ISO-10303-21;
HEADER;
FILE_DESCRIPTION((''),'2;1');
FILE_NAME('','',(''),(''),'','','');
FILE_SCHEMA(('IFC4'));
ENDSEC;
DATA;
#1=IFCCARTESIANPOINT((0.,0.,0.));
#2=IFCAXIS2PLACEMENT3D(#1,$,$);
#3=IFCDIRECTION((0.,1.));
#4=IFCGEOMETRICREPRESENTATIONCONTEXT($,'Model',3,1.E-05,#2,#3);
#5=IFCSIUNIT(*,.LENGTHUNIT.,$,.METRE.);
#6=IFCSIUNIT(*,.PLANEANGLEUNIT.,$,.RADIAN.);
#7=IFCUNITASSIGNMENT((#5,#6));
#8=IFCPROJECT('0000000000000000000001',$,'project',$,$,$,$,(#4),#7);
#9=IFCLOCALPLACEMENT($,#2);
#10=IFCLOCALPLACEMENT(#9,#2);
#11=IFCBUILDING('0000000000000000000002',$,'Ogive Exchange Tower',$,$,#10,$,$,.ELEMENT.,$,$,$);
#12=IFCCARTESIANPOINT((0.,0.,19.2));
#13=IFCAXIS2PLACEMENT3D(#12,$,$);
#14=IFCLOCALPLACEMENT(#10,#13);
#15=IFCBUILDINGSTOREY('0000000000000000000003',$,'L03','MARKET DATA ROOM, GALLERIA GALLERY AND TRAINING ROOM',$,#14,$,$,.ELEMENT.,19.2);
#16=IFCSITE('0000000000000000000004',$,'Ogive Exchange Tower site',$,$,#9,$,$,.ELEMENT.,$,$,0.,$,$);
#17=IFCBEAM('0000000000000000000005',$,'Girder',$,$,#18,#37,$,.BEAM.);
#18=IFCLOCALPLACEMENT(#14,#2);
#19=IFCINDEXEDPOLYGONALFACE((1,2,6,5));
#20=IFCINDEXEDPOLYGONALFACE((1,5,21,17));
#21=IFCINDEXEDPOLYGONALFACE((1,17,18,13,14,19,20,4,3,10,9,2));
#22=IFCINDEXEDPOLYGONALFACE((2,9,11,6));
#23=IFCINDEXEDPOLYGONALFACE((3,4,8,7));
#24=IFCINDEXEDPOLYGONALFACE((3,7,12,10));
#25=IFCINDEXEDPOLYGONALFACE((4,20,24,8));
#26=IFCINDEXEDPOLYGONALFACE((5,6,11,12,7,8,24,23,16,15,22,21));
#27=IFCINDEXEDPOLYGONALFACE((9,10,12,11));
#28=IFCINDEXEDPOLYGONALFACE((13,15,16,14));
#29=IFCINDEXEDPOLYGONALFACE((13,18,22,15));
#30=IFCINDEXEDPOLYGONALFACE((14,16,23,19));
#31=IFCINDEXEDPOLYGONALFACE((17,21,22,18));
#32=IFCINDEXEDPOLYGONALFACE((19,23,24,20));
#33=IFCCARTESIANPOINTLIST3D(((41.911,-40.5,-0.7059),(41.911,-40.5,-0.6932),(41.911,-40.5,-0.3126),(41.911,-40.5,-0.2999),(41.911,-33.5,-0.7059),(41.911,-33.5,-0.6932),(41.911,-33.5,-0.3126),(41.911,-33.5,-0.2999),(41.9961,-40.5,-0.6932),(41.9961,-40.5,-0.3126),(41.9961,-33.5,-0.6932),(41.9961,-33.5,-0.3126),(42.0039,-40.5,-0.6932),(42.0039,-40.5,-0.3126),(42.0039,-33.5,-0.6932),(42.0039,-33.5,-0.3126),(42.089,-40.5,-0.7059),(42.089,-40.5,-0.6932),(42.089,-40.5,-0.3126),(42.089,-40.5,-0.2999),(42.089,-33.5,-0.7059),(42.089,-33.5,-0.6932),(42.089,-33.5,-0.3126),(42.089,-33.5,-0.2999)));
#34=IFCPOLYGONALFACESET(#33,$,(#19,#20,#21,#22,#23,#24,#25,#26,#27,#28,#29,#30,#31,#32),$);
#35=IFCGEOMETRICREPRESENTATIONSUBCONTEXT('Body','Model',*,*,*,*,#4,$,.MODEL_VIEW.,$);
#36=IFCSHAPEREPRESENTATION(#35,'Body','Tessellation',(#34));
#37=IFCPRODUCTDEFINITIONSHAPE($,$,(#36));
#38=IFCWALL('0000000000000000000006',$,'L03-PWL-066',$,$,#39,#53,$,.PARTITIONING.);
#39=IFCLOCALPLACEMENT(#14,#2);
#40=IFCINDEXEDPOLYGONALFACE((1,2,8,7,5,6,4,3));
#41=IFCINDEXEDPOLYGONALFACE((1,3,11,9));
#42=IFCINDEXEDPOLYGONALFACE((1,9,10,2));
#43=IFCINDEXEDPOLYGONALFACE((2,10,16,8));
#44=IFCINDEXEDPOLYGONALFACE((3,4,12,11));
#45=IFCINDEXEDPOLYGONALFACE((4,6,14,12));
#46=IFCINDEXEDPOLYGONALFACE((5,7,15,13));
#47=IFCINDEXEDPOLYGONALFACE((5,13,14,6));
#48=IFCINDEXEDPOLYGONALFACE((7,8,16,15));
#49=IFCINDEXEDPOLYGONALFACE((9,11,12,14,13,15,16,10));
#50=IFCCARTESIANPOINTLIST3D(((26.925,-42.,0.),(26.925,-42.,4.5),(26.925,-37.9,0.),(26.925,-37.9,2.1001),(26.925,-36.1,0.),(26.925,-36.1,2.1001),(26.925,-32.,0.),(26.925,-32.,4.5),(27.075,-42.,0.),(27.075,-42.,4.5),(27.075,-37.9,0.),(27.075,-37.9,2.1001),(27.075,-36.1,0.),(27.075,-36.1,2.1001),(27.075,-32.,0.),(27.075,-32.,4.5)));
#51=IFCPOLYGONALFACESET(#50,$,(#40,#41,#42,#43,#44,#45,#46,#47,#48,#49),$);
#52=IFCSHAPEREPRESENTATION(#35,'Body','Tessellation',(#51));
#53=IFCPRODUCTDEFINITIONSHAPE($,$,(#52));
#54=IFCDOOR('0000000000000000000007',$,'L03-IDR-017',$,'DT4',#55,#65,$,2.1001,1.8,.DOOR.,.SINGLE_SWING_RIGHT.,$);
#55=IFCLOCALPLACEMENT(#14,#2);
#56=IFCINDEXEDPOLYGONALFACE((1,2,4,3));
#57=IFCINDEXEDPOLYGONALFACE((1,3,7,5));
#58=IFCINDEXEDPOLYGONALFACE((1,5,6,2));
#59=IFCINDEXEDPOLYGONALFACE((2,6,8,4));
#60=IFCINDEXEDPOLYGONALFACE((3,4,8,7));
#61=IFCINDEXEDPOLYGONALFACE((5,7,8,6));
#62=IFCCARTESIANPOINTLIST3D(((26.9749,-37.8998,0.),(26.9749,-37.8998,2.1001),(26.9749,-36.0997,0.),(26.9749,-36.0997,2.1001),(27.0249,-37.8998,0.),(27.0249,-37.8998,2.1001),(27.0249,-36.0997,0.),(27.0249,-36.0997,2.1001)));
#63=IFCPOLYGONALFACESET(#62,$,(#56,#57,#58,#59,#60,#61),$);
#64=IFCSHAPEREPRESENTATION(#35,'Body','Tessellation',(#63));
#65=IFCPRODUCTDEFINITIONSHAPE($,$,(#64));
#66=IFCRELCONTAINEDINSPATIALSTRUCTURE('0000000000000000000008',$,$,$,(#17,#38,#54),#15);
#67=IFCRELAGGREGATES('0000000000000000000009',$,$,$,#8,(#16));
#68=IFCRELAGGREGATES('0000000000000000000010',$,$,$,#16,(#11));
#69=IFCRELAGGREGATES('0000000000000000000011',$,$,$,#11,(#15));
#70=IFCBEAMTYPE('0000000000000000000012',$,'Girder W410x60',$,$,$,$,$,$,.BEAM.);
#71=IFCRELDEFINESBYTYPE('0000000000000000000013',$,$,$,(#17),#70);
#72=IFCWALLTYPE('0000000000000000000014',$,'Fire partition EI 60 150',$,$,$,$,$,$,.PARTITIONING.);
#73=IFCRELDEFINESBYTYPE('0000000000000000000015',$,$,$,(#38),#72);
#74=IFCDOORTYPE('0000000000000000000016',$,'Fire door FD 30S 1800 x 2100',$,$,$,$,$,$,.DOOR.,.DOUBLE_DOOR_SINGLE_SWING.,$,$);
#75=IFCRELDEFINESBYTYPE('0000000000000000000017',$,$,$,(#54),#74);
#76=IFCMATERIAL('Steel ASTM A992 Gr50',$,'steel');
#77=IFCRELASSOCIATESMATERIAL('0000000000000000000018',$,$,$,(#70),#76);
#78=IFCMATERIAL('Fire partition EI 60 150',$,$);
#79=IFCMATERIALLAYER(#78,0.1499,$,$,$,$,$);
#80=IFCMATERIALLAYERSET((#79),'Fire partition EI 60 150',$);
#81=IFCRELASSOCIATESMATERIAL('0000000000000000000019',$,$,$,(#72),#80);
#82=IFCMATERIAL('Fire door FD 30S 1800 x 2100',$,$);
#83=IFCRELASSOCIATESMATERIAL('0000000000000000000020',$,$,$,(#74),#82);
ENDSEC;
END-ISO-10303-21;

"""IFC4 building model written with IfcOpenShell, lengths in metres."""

from ifc_helpers import new_model, si_unit, direction, frame, frame_2d, origin, origin_2d, place, context, subcontext, project, spatial, rectangle, i_section, extrude, material, layer, layer_set, material_profile, profile_set, type_object, element, fill, save


model = new_model("IFC4")

# Units and contexts
model_context = context("Model", 3, precision=1e-05, world=origin(), true_north=direction((0.0, 1.0)))
body_context = subcontext(model_context, "Body", "Model", "MODEL_VIEW")
ifc_project = project(units=[si_unit("LENGTHUNIT", "METRE"), si_unit("PLANEANGLEUNIT", "RADIAN")], contexts=[model_context])

# Site, building, storey
site_placement = place(None, origin())
site = spatial("IfcSite", under=ifc_project, at=site_placement, Name="Ogive Exchange Tower site", CompositionType="ELEMENT", RefElevation=0.0)
building_placement = place(site_placement, origin())
building = spatial("IfcBuilding", under=site, at=building_placement, Name="Ogive Exchange Tower", CompositionType="ELEMENT")
storey_placement = place(building_placement, frame((0.0, 0.0, 19.2)))
storey = spatial("IfcBuildingStorey", under=building, at=storey_placement, Name="L03", Description="MARKET DATA ROOM, GALLERIA GALLERY AND TRAINING ROOM", CompositionType="ELEMENT", Elevation=19.2)

# Beam
ifc_material_1 = material(Name="Steel ASTM A992 Gr50", Category="steel")
ifc_material_profile_1 = material_profile(ifc_material_1, i_section(OverallWidth=0.178, OverallDepth=0.406, WebThickness=0.0078, FlangeThickness=0.0127, at=origin_2d()), Name="W410x60")
ifc_profile_set_1 = profile_set([ifc_material_profile_1], Name="Steel ASTM A992 Gr50")
beam_type_1 = type_object("IfcBeamType", Name="Girder W410x60", PredefinedType="BEAM", material=ifc_profile_set_1)
for number, where, z_axis, x_axis, name in (
    (1, (42.0, -40.5, -0.5029), (0.0, 1.0, 0.0), (-1.0, 0.0, 0.0), "Girder"),
):
    element("IfcBeam", number, at=place(storey_placement, frame(where, z_axis=z_axis, x_axis=x_axis)), inside=storey, type_object=beam_type_1, Name=name, PredefinedType="BEAM", context=body_context, shape_type="SweptSolid", body=[
        extrude(i_section(OverallWidth=0.178, OverallDepth=0.406, WebThickness=0.0078, FlangeThickness=0.0127, at=origin_2d()), origin(), (0.0, 0.0, 1.0), 7.0),
    ])

# Wall, opening, door
ifc_material_2 = material(Name="Fire partition EI 60 150")
ifc_layer_1 = layer(ifc_material_2, 0.1499)
ifc_layer_set_1 = layer_set([ifc_layer_1], Name="Fire partition EI 60 150")
wall_type_1 = type_object("IfcWallType", Name="Fire partition EI 60 150", PredefinedType="PARTITIONING", material=ifc_layer_set_1)
wall_1_placement = place(storey_placement, frame((27.0, -42.0, 0.0), z_axis=(0.0, 0.0, 1.0), x_axis=(0.0, 1.0, 0.0)))
wall_1 = element("IfcWall", 2, at=wall_1_placement, inside=storey, type_object=wall_type_1, Name="L03-PWL-066", PredefinedType="PARTITIONING", context=body_context, shape_type="SweptSolid", body=[
    extrude(rectangle(XDim=10.0, YDim=0.1499, at=frame_2d((5.0, 0.0))), origin(), (0.0, 0.0, 1.0), 4.5),
])
opening_1_placement = place(wall_1_placement, frame((4.1001, 0.0, 0.0)))
opening_1 = element("IfcOpeningElement", 3, at=opening_1_placement, cuts=wall_1, PredefinedType="OPENING", context=body_context, shape_type="SweptSolid", body=[
    extrude(rectangle(XDim=1.8, YDim=2.1001, at=frame_2d((0.8999, 1.05))), frame((0.0, 0.085, 0.0), z_axis=(0.0, -1.0, 0.0), x_axis=(1.0, 0.0, 0.0)), (0.0, 0.0, 1.0), 0.1699),
])
ifc_material_3 = material(Name="Fire door FD 30S 1800 x 2100")
door_type = type_object("IfcDoorType", Name="Fire door FD 30S 1800 x 2100", OperationType="DOUBLE_DOOR_SINGLE_SWING", PredefinedType="DOOR", material=ifc_material_3)
door_placement = place(opening_1_placement, frame((1.8, 0.0, 0.0), z_axis=(0.0, 0.0, 1.0), x_axis=(-1.0, 0.0, 0.0)))
door = element("IfcDoor", 4, at=door_placement, inside=storey, type_object=door_type, Name="L03-IDR-017", ObjectType="DT4", OperationType="SINGLE_SWING_RIGHT", OverallHeight=2.1001, OverallWidth=1.8, PredefinedType="DOOR", context=body_context, shape_type="SweptSolid", body=[
    extrude(rectangle(XDim=1.8, YDim=2.1001, at=frame_2d((0.8999, 1.05))), frame((0.0, 0.0249, 0.0), z_axis=(0.0, -1.0, 0.0), x_axis=(1.0, 0.0, 0.0)), (0.0, 0.0, 1.0), 0.05),
])
fill(opening_1, door)

save(model, "model.ifc")
